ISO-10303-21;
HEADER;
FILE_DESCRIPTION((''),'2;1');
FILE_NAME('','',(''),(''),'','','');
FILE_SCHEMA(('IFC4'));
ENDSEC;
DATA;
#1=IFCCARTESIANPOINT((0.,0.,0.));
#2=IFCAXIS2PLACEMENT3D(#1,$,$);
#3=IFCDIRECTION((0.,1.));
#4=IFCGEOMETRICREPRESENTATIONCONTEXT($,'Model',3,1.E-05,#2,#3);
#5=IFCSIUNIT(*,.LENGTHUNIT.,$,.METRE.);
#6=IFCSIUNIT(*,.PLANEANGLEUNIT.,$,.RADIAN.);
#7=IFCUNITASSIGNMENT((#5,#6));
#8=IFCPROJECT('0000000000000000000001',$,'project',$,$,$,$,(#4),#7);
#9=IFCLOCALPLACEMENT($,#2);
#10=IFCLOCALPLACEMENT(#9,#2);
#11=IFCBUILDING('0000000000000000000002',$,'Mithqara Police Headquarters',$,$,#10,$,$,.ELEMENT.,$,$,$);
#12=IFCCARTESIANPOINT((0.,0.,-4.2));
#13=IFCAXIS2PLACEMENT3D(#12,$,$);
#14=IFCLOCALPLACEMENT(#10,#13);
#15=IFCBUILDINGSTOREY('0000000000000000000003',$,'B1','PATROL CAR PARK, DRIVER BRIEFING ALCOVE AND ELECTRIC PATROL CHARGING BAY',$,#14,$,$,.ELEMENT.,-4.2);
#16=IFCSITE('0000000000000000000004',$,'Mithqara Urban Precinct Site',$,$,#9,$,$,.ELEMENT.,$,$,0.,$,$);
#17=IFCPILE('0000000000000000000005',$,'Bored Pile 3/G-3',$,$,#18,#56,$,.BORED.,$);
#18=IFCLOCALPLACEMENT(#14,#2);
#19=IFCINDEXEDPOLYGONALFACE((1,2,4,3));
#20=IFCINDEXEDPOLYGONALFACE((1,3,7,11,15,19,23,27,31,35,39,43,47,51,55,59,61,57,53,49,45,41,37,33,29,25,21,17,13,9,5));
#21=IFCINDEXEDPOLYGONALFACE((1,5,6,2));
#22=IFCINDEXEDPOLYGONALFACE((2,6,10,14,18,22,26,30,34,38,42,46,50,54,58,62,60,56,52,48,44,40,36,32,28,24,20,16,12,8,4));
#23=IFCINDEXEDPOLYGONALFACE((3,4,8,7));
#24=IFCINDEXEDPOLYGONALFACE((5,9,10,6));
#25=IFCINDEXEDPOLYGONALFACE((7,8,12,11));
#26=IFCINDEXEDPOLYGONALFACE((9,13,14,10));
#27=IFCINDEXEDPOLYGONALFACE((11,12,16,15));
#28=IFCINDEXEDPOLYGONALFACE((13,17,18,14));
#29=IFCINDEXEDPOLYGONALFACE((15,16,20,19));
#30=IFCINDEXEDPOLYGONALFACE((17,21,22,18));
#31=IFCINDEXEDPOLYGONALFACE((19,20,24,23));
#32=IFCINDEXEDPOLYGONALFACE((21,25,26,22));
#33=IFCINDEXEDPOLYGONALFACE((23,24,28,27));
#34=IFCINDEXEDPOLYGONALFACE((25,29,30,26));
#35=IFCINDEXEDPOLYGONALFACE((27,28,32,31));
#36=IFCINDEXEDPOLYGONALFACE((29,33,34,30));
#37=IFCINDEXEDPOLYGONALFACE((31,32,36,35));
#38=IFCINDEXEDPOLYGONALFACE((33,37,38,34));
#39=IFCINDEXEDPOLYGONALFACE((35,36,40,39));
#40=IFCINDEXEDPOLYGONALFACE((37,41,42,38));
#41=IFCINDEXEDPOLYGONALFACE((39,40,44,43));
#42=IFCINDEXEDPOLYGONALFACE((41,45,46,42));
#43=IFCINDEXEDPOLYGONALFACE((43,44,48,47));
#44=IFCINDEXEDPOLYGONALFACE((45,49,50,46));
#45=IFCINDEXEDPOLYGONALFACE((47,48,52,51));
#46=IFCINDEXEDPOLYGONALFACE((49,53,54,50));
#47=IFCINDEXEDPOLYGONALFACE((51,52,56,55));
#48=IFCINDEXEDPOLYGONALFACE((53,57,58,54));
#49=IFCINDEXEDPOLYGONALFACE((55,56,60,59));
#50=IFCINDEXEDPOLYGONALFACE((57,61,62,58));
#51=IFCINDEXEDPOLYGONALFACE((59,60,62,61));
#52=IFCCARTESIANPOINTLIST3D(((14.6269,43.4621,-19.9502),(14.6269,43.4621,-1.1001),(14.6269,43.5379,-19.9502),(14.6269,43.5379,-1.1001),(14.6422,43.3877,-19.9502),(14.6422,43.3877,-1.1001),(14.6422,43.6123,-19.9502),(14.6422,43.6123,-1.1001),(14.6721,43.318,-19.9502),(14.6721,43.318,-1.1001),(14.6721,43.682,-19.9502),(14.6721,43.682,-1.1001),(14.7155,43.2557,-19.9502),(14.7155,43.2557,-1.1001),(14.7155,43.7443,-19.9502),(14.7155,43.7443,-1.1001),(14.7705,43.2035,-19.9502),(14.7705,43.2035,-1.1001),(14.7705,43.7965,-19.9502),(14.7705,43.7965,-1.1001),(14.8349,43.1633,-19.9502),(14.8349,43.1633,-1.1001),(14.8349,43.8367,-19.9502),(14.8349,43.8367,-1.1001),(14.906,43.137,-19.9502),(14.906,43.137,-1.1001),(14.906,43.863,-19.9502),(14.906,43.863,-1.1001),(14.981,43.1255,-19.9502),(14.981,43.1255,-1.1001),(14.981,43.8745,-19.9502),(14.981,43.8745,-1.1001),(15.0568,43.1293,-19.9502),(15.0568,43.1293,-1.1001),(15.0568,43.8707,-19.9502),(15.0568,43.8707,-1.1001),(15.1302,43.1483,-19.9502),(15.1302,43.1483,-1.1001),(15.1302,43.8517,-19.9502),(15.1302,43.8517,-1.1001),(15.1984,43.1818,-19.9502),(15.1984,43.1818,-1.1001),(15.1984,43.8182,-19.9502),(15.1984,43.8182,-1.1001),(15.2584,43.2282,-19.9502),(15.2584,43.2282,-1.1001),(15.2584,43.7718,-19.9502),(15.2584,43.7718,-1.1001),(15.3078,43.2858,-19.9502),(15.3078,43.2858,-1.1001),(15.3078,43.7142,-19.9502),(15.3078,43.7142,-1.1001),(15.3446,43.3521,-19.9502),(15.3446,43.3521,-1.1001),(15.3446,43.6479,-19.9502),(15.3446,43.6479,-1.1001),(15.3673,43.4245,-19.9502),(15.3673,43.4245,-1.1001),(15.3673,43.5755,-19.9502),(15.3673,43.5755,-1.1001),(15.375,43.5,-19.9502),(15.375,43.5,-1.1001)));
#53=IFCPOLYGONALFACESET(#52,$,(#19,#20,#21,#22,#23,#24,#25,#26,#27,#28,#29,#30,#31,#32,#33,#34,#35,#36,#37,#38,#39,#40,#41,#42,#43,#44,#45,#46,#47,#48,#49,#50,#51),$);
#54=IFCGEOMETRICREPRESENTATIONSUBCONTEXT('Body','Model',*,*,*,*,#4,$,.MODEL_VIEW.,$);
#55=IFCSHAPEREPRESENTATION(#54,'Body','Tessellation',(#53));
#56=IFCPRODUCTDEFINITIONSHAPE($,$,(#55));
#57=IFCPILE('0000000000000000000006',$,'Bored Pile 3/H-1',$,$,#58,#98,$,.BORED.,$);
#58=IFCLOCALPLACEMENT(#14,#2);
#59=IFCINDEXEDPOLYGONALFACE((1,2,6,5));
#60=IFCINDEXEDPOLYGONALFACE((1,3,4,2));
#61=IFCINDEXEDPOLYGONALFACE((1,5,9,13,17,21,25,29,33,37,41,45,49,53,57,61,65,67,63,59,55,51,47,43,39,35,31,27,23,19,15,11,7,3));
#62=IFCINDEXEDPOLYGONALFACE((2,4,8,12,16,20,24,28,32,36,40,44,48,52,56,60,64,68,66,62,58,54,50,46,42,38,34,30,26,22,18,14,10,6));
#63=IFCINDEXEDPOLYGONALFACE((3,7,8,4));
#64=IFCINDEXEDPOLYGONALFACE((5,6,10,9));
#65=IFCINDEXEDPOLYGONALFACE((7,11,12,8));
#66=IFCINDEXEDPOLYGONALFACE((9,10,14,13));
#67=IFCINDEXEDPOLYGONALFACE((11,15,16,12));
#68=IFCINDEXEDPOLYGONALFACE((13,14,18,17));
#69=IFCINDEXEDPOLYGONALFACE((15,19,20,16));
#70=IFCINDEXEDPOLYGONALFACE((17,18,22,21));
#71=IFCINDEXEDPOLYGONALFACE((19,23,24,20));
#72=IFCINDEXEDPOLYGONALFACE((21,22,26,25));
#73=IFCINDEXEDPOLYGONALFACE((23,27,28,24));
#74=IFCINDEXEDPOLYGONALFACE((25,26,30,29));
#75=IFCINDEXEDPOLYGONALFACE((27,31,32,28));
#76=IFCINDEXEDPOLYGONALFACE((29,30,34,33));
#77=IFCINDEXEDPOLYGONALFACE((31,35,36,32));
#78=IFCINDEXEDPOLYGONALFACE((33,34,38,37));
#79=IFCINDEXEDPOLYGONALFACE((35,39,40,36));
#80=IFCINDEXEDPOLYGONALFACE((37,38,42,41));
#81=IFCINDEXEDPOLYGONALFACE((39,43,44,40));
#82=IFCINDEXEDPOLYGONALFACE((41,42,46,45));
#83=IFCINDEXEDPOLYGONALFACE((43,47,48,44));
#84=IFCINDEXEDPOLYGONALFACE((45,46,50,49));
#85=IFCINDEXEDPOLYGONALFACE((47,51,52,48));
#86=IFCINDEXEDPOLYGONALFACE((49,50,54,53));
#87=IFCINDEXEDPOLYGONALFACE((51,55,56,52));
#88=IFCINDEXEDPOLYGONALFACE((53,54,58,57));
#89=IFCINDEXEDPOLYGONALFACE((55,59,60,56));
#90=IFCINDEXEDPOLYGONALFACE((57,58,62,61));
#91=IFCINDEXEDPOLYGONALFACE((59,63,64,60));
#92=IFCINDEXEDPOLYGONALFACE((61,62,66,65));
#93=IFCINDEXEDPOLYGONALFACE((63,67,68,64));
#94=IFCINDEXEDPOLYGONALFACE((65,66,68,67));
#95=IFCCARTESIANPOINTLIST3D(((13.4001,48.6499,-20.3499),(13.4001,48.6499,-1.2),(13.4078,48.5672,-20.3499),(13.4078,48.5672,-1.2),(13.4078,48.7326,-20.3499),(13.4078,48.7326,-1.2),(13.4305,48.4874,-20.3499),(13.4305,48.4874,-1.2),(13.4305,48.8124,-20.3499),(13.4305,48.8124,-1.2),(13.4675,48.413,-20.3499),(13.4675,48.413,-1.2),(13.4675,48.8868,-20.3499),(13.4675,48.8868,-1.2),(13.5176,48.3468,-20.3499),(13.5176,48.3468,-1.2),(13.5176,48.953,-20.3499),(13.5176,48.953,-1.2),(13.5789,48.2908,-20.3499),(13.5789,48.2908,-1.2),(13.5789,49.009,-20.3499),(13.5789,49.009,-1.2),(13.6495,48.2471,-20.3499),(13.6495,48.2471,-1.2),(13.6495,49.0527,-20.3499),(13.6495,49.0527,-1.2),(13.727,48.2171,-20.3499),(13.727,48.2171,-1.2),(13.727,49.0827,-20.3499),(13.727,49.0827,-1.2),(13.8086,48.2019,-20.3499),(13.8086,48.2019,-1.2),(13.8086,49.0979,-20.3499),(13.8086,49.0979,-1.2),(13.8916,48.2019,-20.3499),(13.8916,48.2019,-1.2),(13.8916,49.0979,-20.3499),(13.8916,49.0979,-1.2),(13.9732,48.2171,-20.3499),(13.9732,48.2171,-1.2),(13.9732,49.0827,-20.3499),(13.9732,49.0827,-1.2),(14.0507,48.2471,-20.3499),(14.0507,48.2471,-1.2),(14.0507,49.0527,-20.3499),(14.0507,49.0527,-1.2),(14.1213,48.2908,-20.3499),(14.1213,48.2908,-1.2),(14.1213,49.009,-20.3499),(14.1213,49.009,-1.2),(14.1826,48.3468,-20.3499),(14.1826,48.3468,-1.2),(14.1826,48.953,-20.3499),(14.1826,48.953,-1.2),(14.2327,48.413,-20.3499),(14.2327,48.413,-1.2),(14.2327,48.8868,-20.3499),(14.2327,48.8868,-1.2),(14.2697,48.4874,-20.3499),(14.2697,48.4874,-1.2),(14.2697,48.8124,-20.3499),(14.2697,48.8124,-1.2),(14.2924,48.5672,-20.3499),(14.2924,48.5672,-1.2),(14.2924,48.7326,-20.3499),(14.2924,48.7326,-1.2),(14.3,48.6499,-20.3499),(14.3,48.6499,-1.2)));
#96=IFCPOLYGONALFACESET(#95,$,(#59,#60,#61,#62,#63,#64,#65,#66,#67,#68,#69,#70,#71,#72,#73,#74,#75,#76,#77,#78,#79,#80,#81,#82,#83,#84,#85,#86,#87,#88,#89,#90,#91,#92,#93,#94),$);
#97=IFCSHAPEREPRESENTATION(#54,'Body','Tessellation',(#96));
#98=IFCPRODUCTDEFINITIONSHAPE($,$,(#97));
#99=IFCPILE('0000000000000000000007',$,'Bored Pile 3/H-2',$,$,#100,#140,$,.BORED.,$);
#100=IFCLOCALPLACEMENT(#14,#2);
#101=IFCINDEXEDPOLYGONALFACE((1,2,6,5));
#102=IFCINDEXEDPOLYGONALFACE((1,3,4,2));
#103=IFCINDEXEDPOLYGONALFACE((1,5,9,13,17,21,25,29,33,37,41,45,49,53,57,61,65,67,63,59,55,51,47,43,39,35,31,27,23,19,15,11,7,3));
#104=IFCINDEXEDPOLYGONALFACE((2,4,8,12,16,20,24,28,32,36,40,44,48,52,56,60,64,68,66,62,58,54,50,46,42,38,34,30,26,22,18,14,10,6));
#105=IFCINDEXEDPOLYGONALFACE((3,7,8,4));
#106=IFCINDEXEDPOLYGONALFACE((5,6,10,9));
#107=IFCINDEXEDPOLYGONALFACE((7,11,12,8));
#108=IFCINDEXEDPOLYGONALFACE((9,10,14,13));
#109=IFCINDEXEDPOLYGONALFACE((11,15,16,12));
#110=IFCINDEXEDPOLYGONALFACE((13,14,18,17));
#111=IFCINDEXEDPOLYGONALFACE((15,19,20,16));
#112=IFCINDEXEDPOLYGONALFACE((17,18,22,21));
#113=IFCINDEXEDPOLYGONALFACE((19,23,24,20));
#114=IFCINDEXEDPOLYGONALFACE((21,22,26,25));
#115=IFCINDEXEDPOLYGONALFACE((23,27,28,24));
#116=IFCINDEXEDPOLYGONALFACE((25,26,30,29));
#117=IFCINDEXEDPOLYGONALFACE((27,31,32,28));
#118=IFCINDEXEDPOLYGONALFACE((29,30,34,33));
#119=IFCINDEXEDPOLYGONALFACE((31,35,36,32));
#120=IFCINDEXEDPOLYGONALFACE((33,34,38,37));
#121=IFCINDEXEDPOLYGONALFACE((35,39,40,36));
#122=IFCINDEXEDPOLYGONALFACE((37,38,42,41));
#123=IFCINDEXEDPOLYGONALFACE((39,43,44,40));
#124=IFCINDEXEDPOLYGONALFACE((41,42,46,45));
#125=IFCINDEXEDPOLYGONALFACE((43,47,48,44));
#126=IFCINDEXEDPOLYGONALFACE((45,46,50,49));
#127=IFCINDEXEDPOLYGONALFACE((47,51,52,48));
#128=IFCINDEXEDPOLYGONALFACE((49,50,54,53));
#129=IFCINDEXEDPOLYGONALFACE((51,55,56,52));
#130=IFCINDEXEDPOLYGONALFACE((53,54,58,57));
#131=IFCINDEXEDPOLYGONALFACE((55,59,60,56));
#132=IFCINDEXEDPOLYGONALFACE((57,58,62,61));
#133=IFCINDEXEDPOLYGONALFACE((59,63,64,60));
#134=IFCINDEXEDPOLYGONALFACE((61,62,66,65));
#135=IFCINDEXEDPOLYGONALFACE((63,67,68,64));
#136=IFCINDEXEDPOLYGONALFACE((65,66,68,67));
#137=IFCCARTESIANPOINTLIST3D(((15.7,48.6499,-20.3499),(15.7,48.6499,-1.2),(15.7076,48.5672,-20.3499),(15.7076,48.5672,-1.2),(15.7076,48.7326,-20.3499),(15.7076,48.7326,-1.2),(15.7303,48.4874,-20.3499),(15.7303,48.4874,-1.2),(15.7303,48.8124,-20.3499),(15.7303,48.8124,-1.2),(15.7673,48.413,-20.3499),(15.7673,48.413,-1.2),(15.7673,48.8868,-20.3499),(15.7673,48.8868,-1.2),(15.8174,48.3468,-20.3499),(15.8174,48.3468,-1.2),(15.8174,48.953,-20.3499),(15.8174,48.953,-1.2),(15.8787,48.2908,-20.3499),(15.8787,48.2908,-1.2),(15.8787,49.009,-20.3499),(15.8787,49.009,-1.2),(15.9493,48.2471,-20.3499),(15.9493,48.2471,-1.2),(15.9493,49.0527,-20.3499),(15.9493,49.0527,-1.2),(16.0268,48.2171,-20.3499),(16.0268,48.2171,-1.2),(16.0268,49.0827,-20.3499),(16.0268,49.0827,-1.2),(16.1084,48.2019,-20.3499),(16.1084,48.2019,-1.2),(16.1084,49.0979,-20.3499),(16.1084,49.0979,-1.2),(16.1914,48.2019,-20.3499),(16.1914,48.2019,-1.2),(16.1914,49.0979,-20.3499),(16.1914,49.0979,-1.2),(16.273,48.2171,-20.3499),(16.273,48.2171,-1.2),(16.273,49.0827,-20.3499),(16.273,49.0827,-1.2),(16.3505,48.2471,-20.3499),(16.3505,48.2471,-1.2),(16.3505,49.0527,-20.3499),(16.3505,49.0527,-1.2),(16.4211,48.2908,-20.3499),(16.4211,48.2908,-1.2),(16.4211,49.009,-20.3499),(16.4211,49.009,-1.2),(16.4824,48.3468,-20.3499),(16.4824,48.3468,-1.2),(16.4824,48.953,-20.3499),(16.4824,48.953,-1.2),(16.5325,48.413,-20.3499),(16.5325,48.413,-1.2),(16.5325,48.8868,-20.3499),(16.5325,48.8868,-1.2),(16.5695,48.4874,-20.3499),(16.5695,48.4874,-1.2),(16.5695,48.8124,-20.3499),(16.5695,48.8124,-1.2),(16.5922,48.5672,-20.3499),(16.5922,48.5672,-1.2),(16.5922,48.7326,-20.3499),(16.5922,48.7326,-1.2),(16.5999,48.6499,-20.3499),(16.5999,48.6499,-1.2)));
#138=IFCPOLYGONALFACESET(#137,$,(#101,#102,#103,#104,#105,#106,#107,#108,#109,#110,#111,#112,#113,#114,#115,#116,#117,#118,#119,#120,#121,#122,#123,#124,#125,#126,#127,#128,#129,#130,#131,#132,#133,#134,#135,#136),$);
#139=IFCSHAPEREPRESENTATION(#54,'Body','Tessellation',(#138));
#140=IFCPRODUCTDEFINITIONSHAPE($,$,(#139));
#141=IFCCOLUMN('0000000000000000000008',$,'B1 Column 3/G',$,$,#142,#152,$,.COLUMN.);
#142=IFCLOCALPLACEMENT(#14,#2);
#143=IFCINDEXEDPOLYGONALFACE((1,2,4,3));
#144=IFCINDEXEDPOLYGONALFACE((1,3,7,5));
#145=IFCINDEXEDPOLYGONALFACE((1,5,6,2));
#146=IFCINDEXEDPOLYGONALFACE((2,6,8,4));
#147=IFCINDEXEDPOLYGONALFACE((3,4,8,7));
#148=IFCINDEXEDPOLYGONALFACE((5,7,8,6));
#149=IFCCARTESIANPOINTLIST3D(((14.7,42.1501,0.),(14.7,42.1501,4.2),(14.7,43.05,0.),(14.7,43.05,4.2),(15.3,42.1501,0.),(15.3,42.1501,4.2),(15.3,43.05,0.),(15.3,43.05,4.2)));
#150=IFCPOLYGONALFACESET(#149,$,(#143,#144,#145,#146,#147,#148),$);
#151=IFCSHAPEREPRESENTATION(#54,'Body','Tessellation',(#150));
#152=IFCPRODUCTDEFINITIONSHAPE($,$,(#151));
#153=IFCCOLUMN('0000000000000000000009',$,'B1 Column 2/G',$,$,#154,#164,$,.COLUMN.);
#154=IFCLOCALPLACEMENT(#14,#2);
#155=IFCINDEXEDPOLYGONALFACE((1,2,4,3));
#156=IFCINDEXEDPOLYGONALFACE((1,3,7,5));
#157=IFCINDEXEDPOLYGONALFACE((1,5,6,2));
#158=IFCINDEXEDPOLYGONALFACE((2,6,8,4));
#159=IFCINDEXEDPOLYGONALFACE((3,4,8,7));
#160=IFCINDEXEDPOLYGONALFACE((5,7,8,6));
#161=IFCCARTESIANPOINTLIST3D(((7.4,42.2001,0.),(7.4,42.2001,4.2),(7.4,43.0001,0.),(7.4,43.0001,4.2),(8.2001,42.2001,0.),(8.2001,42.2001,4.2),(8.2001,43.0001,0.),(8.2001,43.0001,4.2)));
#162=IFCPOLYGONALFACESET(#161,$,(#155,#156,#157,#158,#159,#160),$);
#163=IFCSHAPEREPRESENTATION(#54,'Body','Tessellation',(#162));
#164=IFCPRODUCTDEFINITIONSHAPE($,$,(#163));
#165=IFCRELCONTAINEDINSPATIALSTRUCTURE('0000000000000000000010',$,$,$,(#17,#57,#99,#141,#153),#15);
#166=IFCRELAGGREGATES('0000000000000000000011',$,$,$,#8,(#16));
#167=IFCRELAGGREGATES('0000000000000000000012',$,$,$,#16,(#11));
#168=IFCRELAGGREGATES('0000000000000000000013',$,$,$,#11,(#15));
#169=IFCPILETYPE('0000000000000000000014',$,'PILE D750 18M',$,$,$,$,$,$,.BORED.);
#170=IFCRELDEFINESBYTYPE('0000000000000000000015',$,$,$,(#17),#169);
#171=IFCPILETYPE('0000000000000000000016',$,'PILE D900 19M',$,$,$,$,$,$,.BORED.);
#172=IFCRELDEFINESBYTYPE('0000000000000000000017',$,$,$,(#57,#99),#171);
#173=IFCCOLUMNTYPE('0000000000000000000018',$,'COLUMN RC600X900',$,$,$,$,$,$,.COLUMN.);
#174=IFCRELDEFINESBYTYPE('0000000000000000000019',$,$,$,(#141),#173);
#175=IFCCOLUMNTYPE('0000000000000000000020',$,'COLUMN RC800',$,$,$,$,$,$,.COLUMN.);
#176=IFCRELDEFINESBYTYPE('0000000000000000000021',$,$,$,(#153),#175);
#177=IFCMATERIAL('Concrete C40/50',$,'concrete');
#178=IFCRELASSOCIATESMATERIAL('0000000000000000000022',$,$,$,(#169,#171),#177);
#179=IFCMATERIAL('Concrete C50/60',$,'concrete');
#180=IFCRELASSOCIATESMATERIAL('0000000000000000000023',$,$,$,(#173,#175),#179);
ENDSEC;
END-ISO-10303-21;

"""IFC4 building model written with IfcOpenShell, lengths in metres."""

from ifc_helpers import new_model, si_unit, direction, frame, origin, origin_2d, place, context, subcontext, project, spatial, rectangle, circle, extrude, material, material_profile, profile_set, type_object, element, save


model = new_model("IFC4")

# Units and contexts
model_context = context("Model", 3, precision=1e-05, world=origin(), true_north=direction((0.0, 1.0)))
body_context = subcontext(model_context, "Body", "Model", "MODEL_VIEW")
ifc_project = project(units=[si_unit("LENGTHUNIT", "METRE"), si_unit("PLANEANGLEUNIT", "RADIAN")], contexts=[model_context])

# Site, building, storey
site_placement = place(None, origin())
site = spatial("IfcSite", under=ifc_project, at=site_placement, Name="Mithqara Urban Precinct Site", CompositionType="ELEMENT", RefElevation=0.0)
building_placement = place(site_placement, origin())
building = spatial("IfcBuilding", under=site, at=building_placement, Name="Mithqara Police Headquarters", CompositionType="ELEMENT")
storey_placement = place(building_placement, frame((0.0, 0.0, -4.2)))
storey = spatial("IfcBuildingStorey", under=building, at=storey_placement, Name="B1", Description="PATROL CAR PARK, DRIVER BRIEFING ALCOVE AND ELECTRIC PATROL CHARGING BAY", CompositionType="ELEMENT", Elevation=-4.2)

# Shared definitions
ifc_material_1 = material(Name="Concrete C40/50", Category="concrete")

# Piles
ifc_material_profile_1 = material_profile(ifc_material_1, circle(Radius=0.375, at=origin_2d()), Name="PILE D750")
ifc_profile_set_1 = profile_set([ifc_material_profile_1], Name="Concrete C40/50")
pile_type_1 = type_object("IfcPileType", Name="PILE D750 18M", PredefinedType="BORED", material=ifc_profile_set_1)
for number, where, z_axis, x_axis, name in (
    (1, (15.0, 43.5, -1.1001), (0.0, 0.0, -1.0), (1.0, 0.0, 0.0), "Bored Pile 3/G-3"),
):
    element("IfcPile", number, at=place(storey_placement, frame(where, z_axis=z_axis, x_axis=x_axis)), inside=storey, type_object=pile_type_1, Name=name, PredefinedType="BORED", context=body_context, shape_type="SweptSolid", body=[
        extrude(circle(Radius=0.375, at=origin_2d()), origin(), (0.0, 0.0, 1.0), 18.8501),
    ])
ifc_material_profile_2 = material_profile(ifc_material_1, circle(Radius=0.45, at=origin_2d()), Name="PILE D900")
ifc_profile_set_2 = profile_set([ifc_material_profile_2], Name="Concrete C40/50")
pile_type_2 = type_object("IfcPileType", Name="PILE D900 19M", PredefinedType="BORED", material=ifc_profile_set_2)
for number, where, z_axis, x_axis, name in (
    (2, (13.8501, 48.6499, -1.2), (0.0, 0.0, -1.0), (1.0, 0.0, 0.0), "Bored Pile 3/H-1"),
    (3, (16.1499, 48.6499, -1.2), (0.0, 0.0, -1.0), (1.0, 0.0, 0.0), "Bored Pile 3/H-2"),
):
    element("IfcPile", number, at=place(storey_placement, frame(where, z_axis=z_axis, x_axis=x_axis)), inside=storey, type_object=pile_type_2, Name=name, PredefinedType="BORED", context=body_context, shape_type="SweptSolid", body=[
        extrude(circle(Radius=0.45, at=origin_2d()), origin(), (0.0, 0.0, 1.0), 19.1499),
    ])

# Columns
ifc_material_2 = material(Name="Concrete C50/60", Category="concrete")
ifc_material_profile_3 = material_profile(ifc_material_2, rectangle(XDim=0.6001, YDim=0.8999, at=origin_2d()), Name="RC 600x900")
ifc_profile_set_3 = profile_set([ifc_material_profile_3], Name="Concrete C50/60")
column_type_1 = type_object("IfcColumnType", Name="COLUMN RC600X900", PredefinedType="COLUMN", material=ifc_profile_set_3)
column_1_placement = place(storey_placement, frame((15.0, 42.6001, 0.0), z_axis=(0.0, 0.0, 1.0), x_axis=(1.0, 0.0, 0.0)))
element("IfcColumn", 4, at=column_1_placement, inside=storey, type_object=column_type_1, Name="B1 Column 3/G", PredefinedType="COLUMN", context=body_context, shape_type="SweptSolid", body=[
    extrude(rectangle(XDim=0.6001, YDim=0.8999, at=origin_2d()), origin(), (0.0, 0.0, 1.0), 4.2),
])
ifc_material_profile_4 = material_profile(ifc_material_2, rectangle(XDim=0.8, YDim=0.8, at=origin_2d()), Name="RC 800x800")
ifc_profile_set_4 = profile_set([ifc_material_profile_4], Name="Concrete C50/60")
column_type_2 = type_object("IfcColumnType", Name="COLUMN RC800", PredefinedType="COLUMN", material=ifc_profile_set_4)
column_2_placement = place(storey_placement, frame((7.8, 42.6001, 0.0), z_axis=(0.0, 0.0, 1.0), x_axis=(1.0, 0.0, 0.0)))
element("IfcColumn", 5, at=column_2_placement, inside=storey, type_object=column_type_2, Name="B1 Column 2/G", PredefinedType="COLUMN", context=body_context, shape_type="SweptSolid", body=[
    extrude(rectangle(XDim=0.8, YDim=0.8, at=origin_2d()), origin(), (0.0, 0.0, 1.0), 4.2),
])

save(model, "model.ifc")
